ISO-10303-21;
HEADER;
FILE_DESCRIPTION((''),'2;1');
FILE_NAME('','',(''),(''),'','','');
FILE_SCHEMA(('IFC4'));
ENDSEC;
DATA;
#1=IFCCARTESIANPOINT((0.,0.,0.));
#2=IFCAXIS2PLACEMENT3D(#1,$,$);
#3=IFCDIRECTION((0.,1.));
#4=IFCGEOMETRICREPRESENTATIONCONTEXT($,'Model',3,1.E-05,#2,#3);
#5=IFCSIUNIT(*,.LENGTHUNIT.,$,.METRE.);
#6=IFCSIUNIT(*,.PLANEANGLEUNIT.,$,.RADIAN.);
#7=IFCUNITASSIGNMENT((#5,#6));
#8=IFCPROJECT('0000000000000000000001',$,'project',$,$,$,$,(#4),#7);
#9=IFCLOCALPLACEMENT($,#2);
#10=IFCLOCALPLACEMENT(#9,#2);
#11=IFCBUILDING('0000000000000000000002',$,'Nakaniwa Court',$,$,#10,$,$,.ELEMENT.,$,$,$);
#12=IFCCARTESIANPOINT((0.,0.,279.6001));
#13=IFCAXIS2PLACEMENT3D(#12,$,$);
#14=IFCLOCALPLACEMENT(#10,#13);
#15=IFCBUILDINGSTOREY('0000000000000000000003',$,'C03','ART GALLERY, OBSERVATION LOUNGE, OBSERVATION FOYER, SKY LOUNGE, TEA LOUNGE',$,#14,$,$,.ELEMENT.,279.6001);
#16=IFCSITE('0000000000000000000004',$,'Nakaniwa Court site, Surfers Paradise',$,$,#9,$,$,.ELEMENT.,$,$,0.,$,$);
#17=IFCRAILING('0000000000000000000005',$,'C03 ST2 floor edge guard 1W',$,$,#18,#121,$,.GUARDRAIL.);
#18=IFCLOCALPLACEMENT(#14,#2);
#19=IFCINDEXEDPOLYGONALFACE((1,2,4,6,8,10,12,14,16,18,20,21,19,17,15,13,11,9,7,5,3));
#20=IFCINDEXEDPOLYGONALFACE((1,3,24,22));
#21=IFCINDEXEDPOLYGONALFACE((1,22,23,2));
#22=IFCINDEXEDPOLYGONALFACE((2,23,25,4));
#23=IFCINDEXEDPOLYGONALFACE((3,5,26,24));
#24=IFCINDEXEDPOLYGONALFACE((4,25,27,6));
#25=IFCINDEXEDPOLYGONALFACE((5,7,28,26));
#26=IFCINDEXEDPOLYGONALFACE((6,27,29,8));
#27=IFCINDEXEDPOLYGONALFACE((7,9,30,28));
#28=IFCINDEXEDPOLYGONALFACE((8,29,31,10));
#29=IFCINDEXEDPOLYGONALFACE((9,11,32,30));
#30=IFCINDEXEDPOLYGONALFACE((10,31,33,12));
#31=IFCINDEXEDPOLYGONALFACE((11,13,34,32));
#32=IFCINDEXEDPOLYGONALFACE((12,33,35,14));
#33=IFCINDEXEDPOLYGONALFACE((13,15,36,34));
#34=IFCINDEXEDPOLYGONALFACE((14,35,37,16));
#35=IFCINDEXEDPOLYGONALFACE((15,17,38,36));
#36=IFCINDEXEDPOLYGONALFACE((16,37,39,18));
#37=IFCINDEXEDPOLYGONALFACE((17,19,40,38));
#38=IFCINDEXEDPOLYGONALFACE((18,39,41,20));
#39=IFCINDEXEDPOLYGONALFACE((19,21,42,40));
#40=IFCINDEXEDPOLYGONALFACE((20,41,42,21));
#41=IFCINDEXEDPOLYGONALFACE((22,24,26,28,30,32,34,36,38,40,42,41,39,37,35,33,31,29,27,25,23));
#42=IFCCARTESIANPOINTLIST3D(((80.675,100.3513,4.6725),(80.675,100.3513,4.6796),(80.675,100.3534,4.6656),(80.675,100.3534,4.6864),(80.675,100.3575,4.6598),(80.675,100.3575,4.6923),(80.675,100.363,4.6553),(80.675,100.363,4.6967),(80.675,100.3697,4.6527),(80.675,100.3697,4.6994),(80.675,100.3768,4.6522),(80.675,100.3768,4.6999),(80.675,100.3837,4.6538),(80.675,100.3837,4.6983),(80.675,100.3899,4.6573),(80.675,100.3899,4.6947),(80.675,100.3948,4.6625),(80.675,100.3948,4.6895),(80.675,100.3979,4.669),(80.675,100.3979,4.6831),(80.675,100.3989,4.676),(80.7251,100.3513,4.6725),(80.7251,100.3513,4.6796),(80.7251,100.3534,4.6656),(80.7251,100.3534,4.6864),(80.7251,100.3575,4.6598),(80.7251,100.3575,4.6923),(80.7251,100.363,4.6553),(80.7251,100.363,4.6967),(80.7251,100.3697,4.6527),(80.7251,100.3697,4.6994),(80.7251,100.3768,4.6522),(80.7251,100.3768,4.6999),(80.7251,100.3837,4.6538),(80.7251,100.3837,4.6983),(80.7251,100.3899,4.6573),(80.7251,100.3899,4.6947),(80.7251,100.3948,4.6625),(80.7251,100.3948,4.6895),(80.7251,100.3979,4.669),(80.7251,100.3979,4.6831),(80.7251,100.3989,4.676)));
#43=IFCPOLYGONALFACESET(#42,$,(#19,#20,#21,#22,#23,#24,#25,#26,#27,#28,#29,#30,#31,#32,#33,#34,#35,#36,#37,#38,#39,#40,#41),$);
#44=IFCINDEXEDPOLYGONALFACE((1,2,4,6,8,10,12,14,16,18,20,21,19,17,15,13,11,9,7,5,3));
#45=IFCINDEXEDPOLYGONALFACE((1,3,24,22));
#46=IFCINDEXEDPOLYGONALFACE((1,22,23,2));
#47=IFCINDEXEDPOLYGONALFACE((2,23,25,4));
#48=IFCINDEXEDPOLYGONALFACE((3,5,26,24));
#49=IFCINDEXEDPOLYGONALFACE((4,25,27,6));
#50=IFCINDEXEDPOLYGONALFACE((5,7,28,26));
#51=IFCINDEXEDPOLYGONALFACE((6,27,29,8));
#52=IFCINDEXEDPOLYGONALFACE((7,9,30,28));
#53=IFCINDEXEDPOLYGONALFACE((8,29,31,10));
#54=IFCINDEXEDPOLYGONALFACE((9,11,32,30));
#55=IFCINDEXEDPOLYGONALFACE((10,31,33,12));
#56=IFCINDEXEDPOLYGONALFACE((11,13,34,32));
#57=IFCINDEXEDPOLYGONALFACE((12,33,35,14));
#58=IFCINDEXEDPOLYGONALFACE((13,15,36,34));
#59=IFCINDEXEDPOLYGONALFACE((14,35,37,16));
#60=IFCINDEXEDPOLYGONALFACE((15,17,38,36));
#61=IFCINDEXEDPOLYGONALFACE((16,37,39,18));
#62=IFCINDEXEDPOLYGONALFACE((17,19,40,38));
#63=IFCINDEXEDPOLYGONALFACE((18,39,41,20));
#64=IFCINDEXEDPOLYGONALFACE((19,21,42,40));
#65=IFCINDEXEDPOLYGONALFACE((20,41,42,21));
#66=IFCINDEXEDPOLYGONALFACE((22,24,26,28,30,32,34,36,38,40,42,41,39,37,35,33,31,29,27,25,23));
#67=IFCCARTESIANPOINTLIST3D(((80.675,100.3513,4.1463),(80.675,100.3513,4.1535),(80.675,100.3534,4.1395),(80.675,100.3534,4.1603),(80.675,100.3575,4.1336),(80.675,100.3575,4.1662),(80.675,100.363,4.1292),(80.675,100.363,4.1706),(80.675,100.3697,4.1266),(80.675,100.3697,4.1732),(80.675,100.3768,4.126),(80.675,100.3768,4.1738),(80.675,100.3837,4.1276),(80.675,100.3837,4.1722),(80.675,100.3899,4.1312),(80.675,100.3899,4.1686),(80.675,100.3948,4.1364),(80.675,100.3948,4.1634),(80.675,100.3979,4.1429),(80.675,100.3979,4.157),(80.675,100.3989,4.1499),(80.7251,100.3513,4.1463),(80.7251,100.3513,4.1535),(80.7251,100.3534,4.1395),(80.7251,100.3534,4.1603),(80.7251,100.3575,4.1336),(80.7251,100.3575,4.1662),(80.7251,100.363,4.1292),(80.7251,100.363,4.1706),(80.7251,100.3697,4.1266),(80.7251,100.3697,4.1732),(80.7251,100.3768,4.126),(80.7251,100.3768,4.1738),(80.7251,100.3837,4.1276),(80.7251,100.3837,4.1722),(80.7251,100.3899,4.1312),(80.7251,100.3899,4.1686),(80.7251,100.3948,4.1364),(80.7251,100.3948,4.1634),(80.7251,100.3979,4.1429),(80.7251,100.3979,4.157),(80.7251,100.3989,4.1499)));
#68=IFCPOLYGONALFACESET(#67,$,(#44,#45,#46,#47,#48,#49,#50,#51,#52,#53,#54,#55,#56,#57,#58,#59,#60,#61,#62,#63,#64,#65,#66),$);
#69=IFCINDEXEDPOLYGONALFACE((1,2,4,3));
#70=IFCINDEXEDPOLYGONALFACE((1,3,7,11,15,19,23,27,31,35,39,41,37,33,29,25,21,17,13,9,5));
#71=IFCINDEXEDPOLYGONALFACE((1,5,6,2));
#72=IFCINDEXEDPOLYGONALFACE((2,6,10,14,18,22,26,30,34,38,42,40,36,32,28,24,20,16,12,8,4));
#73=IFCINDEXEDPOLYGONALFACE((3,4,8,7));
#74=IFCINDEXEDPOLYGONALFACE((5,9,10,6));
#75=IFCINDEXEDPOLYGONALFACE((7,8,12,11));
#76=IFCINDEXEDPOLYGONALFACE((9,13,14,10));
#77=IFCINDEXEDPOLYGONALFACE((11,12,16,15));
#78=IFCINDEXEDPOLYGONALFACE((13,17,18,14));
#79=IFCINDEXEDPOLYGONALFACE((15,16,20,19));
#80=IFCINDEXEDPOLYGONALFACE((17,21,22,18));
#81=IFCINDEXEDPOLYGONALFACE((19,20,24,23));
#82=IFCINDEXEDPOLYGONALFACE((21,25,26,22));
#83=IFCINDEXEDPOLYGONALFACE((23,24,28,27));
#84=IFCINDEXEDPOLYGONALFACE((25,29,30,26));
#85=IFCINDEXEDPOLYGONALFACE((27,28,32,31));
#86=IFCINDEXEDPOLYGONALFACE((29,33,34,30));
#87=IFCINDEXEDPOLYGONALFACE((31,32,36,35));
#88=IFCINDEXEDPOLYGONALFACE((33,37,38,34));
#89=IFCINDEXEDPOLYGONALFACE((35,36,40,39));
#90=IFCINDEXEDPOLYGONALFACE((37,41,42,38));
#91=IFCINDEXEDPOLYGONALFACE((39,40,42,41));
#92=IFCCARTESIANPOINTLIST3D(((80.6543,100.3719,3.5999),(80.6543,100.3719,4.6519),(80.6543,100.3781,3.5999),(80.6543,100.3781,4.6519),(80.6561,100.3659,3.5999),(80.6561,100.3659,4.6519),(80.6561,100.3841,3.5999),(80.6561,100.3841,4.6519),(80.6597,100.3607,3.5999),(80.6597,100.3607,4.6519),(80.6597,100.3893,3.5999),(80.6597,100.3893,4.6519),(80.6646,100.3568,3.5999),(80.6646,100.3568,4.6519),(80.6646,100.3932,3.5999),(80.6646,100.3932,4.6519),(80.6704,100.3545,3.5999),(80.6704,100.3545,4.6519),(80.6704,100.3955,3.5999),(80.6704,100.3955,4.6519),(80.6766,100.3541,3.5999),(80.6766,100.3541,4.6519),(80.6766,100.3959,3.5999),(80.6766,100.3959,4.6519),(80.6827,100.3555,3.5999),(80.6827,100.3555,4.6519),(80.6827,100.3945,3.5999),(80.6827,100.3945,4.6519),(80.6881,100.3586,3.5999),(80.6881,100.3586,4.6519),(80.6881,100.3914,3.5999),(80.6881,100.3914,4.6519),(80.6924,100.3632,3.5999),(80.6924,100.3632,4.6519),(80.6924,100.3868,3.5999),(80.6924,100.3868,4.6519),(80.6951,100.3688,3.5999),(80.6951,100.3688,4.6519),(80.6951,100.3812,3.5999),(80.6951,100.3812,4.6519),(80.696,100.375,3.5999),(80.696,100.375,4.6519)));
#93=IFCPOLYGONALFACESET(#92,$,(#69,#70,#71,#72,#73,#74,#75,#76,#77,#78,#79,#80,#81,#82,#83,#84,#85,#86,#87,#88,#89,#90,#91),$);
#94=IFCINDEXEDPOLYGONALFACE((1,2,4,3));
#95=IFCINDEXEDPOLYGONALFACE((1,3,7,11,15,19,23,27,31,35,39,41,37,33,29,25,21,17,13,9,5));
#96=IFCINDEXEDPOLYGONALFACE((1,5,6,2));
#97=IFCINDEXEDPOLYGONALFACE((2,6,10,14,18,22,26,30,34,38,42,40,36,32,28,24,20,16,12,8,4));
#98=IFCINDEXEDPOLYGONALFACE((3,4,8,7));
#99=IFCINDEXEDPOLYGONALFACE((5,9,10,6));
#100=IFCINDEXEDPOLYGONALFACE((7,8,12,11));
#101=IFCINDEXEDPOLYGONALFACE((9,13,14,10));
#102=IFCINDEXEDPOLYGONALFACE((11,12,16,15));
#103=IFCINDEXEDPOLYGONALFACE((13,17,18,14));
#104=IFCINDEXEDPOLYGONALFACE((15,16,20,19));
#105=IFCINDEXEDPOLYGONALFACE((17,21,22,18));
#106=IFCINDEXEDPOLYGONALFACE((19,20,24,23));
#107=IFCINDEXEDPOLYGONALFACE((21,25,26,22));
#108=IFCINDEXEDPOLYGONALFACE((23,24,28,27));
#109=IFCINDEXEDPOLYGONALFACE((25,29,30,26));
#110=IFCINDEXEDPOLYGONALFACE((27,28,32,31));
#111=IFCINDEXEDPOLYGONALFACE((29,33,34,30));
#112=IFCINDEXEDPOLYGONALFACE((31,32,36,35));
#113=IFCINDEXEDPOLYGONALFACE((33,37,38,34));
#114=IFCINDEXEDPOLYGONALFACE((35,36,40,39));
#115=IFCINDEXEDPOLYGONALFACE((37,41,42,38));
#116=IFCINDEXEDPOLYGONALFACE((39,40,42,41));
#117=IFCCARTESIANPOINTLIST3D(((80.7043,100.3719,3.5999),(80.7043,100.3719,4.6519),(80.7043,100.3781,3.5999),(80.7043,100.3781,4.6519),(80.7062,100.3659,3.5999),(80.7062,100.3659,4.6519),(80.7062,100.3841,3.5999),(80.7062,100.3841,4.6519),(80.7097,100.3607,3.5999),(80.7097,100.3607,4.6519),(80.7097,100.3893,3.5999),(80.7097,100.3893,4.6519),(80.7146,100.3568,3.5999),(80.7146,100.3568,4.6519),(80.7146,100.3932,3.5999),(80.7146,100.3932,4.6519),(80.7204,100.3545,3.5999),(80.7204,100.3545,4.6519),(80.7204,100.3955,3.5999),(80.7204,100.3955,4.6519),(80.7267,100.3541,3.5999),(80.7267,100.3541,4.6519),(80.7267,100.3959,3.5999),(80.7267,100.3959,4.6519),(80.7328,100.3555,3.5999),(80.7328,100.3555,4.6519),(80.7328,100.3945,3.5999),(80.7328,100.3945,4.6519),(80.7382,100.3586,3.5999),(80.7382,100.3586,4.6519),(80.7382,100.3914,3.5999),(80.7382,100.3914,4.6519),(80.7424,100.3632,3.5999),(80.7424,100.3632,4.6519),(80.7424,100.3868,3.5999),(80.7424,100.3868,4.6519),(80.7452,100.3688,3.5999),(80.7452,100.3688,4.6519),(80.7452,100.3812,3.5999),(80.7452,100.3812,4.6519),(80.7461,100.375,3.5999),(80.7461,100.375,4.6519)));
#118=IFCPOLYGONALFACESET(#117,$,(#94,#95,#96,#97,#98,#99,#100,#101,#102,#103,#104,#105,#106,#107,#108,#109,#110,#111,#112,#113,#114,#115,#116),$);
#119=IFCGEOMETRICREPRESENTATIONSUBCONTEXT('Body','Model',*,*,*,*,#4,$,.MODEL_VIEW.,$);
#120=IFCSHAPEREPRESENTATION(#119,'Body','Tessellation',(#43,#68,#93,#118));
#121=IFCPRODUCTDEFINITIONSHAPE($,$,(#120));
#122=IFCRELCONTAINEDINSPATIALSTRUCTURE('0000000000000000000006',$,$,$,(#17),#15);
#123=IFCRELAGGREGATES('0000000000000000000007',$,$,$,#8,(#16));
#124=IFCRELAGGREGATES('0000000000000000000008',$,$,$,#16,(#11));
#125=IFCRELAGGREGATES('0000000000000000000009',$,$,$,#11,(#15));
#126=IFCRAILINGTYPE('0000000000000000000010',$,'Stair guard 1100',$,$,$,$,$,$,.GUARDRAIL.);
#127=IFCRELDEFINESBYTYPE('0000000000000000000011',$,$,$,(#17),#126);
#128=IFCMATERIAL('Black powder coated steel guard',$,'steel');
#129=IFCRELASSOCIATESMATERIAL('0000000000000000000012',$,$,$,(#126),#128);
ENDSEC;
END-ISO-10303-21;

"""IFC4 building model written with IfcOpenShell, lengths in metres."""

from ifc_helpers import new_model, si_unit, direction, frame, origin, origin_2d, place, context, subcontext, project, spatial, circle, extrude, material, type_object, element, save


model = new_model("IFC4")

# Units and contexts
model_context = context("Model", 3, precision=1e-05, world=origin(), true_north=direction((0.0, 1.0)))
body_context = subcontext(model_context, "Body", "Model", "MODEL_VIEW")
ifc_project = project(units=[si_unit("LENGTHUNIT", "METRE"), si_unit("PLANEANGLEUNIT", "RADIAN")], contexts=[model_context])

# Site, building, storey
site_placement = place(None, origin())
site = spatial("IfcSite", under=ifc_project, at=site_placement, Name="Nakaniwa Court site, Surfers Paradise", CompositionType="ELEMENT", RefElevation=0.0)
building_placement = place(site_placement, origin())
building = spatial("IfcBuilding", under=site, at=building_placement, Name="Nakaniwa Court", CompositionType="ELEMENT")
storey_placement = place(building_placement, frame((0.0, 0.0, 279.6001)))
storey = spatial("IfcBuildingStorey", under=building, at=storey_placement, Name="C03", Description="ART GALLERY, OBSERVATION LOUNGE, OBSERVATION FOYER, SKY LOUNGE, TEA LOUNGE", CompositionType="ELEMENT", Elevation=279.6001)

# Railing
ifc_material_1 = material(Name="Black powder coated steel guard", Category="steel")
railing_type_1 = type_object("IfcRailingType", Name="Stair guard 1100", PredefinedType="GUARDRAIL", material=ifc_material_1)
for number, where, name in (
    (1, (80.675, 100.375, 3.5999), "C03 ST2 floor edge guard 1W"),
):
    element("IfcRailing", number, at=place(storey_placement, frame(where)), inside=storey, type_object=railing_type_1, Name=name, PredefinedType="GUARDRAIL", context=body_context, shape_type="SweptSolid", body=[
        extrude(circle(Radius=0.0239, at=origin_2d()), frame((0.0, 0.0, 1.0762), z_axis=(1.0, 0.0, 0.0), x_axis=(0.0, 1.0, 0.0)), (0.0, 0.0, 1.0), 0.05),
        extrude(circle(Radius=0.0239, at=origin_2d()), frame((0.0, 0.0, 0.55), z_axis=(1.0, 0.0, 0.0), x_axis=(0.0, 1.0, 0.0)), (0.0, 0.0, 1.0), 0.05),
        extrude(circle(Radius=0.021, at=origin_2d()), origin(), (0.0, 0.0, 1.0), 1.052),
        extrude(circle(Radius=0.021, at=origin_2d()), frame((0.05, 0.0, 0.0)), (0.0, 0.0, 1.0), 1.052),
    ])

save(model, "model.ifc")
